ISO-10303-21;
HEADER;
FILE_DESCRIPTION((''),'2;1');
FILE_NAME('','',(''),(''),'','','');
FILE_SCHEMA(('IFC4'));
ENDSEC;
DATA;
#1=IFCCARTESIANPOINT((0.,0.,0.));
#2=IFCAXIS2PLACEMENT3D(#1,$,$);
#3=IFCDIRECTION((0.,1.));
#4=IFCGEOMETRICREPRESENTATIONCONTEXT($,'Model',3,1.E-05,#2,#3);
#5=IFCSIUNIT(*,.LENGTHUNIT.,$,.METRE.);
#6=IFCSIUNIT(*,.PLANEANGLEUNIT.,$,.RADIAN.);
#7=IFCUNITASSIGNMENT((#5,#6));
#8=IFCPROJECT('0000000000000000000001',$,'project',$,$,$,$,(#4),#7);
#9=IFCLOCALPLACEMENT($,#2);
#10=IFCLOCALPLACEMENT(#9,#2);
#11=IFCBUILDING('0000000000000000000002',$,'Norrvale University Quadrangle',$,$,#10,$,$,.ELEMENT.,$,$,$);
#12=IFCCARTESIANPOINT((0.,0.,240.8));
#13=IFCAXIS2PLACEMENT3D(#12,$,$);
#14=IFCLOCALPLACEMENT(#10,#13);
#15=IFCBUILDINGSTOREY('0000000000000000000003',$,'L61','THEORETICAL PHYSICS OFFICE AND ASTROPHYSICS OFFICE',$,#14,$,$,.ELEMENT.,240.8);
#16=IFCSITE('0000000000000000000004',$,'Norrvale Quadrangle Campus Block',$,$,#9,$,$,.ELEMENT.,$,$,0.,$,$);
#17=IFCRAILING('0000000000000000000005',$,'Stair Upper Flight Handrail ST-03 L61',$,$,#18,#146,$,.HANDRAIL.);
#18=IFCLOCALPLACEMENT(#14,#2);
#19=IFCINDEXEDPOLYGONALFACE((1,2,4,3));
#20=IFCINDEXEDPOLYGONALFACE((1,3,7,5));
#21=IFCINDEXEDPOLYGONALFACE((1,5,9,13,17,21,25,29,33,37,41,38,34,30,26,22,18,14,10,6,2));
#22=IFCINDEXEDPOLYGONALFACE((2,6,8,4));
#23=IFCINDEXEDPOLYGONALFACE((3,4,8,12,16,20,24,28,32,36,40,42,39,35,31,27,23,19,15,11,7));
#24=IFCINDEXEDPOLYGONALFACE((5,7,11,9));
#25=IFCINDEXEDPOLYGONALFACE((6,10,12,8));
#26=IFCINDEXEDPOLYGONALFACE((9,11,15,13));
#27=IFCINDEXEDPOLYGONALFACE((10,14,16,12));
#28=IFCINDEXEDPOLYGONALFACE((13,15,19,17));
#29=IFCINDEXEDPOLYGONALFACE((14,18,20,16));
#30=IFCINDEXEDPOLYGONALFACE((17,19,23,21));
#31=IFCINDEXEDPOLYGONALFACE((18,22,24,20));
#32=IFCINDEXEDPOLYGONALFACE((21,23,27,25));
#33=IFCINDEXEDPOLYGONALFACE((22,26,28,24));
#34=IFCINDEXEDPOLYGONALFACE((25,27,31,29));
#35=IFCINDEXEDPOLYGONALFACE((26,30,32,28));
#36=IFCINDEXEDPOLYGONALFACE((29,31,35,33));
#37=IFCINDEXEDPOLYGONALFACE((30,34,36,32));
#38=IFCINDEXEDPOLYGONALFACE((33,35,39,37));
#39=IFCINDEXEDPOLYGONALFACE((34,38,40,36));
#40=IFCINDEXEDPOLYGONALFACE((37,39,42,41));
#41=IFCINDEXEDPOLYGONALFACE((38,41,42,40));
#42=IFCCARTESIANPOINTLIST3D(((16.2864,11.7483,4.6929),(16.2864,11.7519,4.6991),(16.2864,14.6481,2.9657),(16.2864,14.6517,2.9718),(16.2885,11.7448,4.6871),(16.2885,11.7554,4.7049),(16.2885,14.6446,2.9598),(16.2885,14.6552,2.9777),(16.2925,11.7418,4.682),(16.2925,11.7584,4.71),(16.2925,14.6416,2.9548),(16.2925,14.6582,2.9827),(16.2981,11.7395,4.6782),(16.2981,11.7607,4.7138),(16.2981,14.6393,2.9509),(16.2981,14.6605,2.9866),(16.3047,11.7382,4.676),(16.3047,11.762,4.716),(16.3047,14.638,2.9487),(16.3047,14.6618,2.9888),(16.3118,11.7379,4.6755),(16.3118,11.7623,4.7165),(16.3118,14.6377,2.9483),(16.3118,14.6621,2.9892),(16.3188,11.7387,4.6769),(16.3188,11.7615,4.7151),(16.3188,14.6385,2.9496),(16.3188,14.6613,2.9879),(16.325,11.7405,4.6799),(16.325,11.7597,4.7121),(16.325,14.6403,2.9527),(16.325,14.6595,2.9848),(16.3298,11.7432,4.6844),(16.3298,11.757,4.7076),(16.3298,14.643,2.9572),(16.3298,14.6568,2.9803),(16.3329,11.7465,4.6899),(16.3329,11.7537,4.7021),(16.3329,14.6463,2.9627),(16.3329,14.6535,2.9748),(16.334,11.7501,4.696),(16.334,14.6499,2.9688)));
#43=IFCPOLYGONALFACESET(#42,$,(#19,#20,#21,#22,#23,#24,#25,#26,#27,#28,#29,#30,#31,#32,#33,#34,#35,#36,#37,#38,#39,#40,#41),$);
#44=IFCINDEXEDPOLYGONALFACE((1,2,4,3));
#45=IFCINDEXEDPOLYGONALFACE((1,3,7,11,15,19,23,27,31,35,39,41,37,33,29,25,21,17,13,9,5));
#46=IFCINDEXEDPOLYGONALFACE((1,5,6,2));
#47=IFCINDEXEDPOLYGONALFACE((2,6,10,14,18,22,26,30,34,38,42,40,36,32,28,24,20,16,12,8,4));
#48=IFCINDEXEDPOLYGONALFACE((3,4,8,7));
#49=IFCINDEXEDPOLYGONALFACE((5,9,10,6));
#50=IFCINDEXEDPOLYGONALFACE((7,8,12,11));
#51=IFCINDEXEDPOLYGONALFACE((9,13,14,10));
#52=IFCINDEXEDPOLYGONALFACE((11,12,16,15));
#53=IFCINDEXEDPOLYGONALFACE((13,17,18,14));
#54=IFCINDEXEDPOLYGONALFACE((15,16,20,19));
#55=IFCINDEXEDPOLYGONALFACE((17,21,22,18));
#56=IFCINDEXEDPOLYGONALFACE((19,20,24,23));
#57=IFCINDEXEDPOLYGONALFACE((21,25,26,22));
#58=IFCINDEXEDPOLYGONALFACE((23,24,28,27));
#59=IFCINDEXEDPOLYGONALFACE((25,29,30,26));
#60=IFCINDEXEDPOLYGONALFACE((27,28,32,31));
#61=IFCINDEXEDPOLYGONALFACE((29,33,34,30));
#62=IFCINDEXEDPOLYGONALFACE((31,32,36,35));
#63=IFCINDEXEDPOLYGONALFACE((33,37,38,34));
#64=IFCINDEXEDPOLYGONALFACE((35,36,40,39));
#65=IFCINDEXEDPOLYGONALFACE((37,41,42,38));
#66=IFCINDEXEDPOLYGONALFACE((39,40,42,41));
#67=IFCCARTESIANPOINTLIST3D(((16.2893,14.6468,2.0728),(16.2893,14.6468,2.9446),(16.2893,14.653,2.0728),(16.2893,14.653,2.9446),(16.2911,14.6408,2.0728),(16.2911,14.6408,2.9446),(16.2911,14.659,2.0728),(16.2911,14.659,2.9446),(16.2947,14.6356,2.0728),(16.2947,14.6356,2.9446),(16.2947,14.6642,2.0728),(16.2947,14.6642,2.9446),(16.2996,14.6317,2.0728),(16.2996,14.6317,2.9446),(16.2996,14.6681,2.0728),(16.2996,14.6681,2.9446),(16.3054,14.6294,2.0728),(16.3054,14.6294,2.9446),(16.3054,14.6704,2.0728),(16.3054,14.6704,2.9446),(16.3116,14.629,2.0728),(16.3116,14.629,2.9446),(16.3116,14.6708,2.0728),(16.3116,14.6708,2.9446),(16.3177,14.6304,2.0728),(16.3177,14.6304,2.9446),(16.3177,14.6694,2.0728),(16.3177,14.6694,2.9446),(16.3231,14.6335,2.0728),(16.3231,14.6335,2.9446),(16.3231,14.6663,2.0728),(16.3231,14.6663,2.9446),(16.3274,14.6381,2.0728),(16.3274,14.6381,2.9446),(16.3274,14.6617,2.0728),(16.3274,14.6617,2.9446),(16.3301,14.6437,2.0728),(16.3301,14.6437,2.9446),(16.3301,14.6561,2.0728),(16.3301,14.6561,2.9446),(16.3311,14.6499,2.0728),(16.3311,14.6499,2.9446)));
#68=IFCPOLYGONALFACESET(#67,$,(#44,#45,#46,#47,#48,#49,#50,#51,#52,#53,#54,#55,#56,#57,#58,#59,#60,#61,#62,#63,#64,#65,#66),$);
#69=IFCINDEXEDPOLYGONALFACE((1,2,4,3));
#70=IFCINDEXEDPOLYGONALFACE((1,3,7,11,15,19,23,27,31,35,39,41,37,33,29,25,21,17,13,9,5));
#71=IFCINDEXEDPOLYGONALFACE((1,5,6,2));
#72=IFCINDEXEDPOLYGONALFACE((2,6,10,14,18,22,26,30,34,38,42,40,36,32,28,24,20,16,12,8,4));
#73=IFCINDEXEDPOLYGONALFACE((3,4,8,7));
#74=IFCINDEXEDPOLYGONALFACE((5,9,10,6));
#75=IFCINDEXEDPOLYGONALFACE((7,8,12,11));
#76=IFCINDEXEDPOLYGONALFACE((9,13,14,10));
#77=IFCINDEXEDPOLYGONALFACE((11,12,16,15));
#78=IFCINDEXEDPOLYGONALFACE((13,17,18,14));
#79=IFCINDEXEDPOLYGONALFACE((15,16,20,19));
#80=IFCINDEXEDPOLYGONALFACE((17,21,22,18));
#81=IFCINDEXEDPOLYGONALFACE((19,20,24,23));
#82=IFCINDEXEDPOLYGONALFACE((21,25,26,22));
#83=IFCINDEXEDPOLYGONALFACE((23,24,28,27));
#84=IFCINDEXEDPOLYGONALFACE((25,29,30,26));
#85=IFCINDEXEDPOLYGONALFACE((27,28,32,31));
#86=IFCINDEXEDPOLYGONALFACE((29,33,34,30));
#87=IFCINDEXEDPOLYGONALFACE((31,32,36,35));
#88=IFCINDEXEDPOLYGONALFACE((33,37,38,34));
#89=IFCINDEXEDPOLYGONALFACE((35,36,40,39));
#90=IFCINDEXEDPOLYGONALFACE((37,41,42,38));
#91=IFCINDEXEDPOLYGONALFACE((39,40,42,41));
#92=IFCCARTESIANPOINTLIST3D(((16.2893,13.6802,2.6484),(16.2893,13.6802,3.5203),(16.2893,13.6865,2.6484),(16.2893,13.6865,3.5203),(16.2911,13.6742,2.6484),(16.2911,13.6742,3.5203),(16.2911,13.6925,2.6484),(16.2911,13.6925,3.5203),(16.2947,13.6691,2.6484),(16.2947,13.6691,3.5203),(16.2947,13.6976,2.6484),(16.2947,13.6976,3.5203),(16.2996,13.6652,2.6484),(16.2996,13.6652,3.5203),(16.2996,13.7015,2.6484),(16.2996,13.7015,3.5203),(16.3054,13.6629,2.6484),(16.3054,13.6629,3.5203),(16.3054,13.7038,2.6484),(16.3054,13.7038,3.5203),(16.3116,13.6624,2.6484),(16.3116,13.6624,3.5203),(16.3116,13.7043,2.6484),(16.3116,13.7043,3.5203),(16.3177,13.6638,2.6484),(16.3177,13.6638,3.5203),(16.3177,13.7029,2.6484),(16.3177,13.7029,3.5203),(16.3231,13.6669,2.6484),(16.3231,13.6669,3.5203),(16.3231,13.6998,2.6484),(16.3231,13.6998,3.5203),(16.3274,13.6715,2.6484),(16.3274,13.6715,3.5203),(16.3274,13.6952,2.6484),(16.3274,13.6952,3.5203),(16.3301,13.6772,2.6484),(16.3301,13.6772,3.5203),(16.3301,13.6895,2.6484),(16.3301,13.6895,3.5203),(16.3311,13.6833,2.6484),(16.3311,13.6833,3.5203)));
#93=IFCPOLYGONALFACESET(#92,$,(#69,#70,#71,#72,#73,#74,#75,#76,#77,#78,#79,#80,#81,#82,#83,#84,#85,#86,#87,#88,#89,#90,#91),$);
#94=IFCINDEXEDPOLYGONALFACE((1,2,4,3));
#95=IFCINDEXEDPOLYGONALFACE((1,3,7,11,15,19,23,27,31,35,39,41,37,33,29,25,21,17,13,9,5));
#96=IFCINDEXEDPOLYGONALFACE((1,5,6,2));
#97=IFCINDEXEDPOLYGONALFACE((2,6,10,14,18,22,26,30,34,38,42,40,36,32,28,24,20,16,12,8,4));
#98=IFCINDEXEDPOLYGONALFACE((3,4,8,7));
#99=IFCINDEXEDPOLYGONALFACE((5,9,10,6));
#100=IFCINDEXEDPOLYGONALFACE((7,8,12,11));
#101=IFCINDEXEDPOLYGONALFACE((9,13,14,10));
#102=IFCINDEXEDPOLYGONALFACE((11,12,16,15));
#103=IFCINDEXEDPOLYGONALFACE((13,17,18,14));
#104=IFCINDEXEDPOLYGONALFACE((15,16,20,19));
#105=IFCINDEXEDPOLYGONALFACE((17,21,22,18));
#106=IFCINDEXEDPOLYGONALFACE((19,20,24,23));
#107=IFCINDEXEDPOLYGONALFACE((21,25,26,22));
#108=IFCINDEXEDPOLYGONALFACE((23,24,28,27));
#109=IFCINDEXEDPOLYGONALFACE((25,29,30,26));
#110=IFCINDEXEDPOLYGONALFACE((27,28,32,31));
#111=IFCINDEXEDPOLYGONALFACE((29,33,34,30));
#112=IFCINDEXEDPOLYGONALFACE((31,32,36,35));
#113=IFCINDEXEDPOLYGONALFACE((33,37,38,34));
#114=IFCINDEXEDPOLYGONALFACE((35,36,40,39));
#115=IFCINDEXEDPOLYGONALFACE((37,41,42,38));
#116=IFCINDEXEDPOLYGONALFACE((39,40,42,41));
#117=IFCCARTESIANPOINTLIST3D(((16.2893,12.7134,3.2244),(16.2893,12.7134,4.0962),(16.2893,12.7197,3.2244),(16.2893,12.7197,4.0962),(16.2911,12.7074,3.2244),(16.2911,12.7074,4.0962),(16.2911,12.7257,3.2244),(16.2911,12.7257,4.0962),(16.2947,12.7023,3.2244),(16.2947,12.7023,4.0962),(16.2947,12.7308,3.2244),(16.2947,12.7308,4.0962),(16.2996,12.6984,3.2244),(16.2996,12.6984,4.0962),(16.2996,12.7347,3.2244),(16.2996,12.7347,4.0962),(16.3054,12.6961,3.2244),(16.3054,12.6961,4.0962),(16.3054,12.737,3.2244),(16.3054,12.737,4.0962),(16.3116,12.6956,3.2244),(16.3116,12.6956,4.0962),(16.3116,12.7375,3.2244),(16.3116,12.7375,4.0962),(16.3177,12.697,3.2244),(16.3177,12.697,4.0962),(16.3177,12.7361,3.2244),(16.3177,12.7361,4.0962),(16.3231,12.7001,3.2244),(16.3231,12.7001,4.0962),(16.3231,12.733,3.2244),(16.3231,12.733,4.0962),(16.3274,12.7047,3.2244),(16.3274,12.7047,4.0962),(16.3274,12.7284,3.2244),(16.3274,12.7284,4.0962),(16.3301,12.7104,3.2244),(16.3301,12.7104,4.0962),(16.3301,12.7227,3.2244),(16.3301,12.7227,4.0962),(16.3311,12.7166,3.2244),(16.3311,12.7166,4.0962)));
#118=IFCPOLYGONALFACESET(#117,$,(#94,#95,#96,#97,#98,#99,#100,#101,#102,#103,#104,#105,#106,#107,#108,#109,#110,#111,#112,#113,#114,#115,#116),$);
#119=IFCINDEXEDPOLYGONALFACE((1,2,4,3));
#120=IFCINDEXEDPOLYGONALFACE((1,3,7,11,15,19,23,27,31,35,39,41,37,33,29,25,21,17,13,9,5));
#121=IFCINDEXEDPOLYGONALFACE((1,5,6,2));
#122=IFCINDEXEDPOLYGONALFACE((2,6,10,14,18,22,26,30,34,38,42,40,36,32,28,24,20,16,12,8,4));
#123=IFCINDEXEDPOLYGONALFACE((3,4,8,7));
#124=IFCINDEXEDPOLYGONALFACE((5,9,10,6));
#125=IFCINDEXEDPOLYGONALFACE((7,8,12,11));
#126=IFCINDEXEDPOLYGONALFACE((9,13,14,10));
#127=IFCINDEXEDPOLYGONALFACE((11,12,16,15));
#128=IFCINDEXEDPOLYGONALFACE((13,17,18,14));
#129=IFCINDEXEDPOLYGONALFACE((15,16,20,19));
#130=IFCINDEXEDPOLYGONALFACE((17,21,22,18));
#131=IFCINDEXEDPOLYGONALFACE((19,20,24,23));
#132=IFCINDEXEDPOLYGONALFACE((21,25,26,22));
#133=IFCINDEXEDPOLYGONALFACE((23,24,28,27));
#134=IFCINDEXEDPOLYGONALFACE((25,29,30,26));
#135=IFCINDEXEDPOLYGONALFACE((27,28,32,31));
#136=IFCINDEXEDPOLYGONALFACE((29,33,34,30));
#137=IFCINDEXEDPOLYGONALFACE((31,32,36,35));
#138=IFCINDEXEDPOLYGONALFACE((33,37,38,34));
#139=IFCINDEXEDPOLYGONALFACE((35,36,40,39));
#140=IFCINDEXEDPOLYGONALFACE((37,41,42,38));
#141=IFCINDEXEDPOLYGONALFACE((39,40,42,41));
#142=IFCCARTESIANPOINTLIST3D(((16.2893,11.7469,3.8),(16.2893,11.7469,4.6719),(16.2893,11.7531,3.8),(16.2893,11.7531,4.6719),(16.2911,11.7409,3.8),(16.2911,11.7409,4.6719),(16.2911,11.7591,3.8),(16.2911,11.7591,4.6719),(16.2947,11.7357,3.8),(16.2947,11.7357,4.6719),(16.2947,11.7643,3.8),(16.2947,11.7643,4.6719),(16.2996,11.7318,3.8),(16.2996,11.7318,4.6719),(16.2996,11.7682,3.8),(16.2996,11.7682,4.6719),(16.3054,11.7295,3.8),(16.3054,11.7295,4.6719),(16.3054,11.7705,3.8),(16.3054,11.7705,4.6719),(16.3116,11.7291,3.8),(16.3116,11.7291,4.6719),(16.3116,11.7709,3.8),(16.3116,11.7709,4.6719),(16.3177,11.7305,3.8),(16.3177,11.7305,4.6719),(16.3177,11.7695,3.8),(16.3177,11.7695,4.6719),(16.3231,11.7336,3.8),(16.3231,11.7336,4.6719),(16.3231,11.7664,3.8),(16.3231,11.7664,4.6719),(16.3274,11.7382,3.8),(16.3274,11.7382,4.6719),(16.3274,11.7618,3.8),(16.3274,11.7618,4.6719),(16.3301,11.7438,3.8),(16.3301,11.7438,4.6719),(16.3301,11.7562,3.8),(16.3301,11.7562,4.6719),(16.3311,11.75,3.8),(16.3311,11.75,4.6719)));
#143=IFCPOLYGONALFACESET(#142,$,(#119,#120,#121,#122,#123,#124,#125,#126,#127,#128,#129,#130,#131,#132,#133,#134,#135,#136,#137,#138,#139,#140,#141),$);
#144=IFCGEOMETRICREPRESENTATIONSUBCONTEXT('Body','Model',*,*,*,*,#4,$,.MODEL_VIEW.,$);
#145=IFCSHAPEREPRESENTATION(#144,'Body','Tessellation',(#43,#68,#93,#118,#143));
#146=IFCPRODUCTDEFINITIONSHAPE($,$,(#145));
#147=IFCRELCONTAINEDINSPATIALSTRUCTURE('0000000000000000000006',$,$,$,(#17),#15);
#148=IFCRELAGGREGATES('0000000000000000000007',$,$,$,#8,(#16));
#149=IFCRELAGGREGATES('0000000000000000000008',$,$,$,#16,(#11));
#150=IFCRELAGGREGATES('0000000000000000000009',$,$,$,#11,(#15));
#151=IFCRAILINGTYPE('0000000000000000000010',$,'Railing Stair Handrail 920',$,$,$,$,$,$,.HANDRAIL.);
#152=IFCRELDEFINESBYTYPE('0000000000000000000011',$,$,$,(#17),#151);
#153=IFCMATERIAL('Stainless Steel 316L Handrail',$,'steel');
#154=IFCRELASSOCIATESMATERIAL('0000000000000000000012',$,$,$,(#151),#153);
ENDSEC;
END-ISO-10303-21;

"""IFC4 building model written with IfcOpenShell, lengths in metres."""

from ifc_helpers import new_model, si_unit, direction, frame, origin, origin_2d, place, context, subcontext, project, spatial, circle, extrude, material, type_object, element, save


model = new_model("IFC4")

# Units and contexts
model_context = context("Model", 3, precision=1e-05, world=origin(), true_north=direction((0.0, 1.0)))
body_context = subcontext(model_context, "Body", "Model", "MODEL_VIEW")
ifc_project = project(units=[si_unit("LENGTHUNIT", "METRE"), si_unit("PLANEANGLEUNIT", "RADIAN")], contexts=[model_context])

# Site, building, storey
site_placement = place(None, origin())
site = spatial("IfcSite", under=ifc_project, at=site_placement, Name="Norrvale Quadrangle Campus Block", CompositionType="ELEMENT", RefElevation=0.0)
building_placement = place(site_placement, origin())
building = spatial("IfcBuilding", under=site, at=building_placement, Name="Norrvale University Quadrangle", CompositionType="ELEMENT")
storey_placement = place(building_placement, frame((0.0, 0.0, 240.8)))
storey = spatial("IfcBuildingStorey", under=building, at=storey_placement, Name="L61", Description="THEORETICAL PHYSICS OFFICE AND ASTROPHYSICS OFFICE", CompositionType="ELEMENT", Elevation=240.8)

# Railing
ifc_material_1 = material(Name="Stainless Steel 316L Handrail", Category="steel")
railing_type_1 = type_object("IfcRailingType", Name="Railing Stair Handrail 920", PredefinedType="HANDRAIL", material=ifc_material_1)
railing_1_placement = place(storey_placement, frame((16.3101, 14.6499, 2.0728)))
element("IfcRailing", 1, at=railing_1_placement, inside=storey, type_object=railing_type_1, Name="Stair Upper Flight Handrail ST-03 L61", PredefinedType="HANDRAIL", context=body_context, shape_type="SweptSolid", body=[
    extrude(circle(Radius=0.0239, at=origin_2d()), frame((0.0, 0.0, 0.896), z_axis=(0.0, -0.859141, 0.511738), x_axis=(1.0, 0.0, 0.0)), (0.0, 0.0, 1.0), 3.3752),
    extrude(circle(Radius=0.021, at=origin_2d()), origin(), (0.0, 0.0, 1.0), 0.8718),
    extrude(circle(Radius=0.021, at=origin_2d()), frame((0.0, -0.9666, 0.5757)), (0.0, 0.0, 1.0), 0.8718),
    extrude(circle(Radius=0.021, at=origin_2d()), frame((0.0, -1.9333, 1.1516)), (0.0, 0.0, 1.0), 0.8718),
    extrude(circle(Radius=0.021, at=origin_2d()), frame((0.0, -2.8999, 1.7273)), (0.0, 0.0, 1.0), 0.8718),
])

save(model, "model.ifc")
